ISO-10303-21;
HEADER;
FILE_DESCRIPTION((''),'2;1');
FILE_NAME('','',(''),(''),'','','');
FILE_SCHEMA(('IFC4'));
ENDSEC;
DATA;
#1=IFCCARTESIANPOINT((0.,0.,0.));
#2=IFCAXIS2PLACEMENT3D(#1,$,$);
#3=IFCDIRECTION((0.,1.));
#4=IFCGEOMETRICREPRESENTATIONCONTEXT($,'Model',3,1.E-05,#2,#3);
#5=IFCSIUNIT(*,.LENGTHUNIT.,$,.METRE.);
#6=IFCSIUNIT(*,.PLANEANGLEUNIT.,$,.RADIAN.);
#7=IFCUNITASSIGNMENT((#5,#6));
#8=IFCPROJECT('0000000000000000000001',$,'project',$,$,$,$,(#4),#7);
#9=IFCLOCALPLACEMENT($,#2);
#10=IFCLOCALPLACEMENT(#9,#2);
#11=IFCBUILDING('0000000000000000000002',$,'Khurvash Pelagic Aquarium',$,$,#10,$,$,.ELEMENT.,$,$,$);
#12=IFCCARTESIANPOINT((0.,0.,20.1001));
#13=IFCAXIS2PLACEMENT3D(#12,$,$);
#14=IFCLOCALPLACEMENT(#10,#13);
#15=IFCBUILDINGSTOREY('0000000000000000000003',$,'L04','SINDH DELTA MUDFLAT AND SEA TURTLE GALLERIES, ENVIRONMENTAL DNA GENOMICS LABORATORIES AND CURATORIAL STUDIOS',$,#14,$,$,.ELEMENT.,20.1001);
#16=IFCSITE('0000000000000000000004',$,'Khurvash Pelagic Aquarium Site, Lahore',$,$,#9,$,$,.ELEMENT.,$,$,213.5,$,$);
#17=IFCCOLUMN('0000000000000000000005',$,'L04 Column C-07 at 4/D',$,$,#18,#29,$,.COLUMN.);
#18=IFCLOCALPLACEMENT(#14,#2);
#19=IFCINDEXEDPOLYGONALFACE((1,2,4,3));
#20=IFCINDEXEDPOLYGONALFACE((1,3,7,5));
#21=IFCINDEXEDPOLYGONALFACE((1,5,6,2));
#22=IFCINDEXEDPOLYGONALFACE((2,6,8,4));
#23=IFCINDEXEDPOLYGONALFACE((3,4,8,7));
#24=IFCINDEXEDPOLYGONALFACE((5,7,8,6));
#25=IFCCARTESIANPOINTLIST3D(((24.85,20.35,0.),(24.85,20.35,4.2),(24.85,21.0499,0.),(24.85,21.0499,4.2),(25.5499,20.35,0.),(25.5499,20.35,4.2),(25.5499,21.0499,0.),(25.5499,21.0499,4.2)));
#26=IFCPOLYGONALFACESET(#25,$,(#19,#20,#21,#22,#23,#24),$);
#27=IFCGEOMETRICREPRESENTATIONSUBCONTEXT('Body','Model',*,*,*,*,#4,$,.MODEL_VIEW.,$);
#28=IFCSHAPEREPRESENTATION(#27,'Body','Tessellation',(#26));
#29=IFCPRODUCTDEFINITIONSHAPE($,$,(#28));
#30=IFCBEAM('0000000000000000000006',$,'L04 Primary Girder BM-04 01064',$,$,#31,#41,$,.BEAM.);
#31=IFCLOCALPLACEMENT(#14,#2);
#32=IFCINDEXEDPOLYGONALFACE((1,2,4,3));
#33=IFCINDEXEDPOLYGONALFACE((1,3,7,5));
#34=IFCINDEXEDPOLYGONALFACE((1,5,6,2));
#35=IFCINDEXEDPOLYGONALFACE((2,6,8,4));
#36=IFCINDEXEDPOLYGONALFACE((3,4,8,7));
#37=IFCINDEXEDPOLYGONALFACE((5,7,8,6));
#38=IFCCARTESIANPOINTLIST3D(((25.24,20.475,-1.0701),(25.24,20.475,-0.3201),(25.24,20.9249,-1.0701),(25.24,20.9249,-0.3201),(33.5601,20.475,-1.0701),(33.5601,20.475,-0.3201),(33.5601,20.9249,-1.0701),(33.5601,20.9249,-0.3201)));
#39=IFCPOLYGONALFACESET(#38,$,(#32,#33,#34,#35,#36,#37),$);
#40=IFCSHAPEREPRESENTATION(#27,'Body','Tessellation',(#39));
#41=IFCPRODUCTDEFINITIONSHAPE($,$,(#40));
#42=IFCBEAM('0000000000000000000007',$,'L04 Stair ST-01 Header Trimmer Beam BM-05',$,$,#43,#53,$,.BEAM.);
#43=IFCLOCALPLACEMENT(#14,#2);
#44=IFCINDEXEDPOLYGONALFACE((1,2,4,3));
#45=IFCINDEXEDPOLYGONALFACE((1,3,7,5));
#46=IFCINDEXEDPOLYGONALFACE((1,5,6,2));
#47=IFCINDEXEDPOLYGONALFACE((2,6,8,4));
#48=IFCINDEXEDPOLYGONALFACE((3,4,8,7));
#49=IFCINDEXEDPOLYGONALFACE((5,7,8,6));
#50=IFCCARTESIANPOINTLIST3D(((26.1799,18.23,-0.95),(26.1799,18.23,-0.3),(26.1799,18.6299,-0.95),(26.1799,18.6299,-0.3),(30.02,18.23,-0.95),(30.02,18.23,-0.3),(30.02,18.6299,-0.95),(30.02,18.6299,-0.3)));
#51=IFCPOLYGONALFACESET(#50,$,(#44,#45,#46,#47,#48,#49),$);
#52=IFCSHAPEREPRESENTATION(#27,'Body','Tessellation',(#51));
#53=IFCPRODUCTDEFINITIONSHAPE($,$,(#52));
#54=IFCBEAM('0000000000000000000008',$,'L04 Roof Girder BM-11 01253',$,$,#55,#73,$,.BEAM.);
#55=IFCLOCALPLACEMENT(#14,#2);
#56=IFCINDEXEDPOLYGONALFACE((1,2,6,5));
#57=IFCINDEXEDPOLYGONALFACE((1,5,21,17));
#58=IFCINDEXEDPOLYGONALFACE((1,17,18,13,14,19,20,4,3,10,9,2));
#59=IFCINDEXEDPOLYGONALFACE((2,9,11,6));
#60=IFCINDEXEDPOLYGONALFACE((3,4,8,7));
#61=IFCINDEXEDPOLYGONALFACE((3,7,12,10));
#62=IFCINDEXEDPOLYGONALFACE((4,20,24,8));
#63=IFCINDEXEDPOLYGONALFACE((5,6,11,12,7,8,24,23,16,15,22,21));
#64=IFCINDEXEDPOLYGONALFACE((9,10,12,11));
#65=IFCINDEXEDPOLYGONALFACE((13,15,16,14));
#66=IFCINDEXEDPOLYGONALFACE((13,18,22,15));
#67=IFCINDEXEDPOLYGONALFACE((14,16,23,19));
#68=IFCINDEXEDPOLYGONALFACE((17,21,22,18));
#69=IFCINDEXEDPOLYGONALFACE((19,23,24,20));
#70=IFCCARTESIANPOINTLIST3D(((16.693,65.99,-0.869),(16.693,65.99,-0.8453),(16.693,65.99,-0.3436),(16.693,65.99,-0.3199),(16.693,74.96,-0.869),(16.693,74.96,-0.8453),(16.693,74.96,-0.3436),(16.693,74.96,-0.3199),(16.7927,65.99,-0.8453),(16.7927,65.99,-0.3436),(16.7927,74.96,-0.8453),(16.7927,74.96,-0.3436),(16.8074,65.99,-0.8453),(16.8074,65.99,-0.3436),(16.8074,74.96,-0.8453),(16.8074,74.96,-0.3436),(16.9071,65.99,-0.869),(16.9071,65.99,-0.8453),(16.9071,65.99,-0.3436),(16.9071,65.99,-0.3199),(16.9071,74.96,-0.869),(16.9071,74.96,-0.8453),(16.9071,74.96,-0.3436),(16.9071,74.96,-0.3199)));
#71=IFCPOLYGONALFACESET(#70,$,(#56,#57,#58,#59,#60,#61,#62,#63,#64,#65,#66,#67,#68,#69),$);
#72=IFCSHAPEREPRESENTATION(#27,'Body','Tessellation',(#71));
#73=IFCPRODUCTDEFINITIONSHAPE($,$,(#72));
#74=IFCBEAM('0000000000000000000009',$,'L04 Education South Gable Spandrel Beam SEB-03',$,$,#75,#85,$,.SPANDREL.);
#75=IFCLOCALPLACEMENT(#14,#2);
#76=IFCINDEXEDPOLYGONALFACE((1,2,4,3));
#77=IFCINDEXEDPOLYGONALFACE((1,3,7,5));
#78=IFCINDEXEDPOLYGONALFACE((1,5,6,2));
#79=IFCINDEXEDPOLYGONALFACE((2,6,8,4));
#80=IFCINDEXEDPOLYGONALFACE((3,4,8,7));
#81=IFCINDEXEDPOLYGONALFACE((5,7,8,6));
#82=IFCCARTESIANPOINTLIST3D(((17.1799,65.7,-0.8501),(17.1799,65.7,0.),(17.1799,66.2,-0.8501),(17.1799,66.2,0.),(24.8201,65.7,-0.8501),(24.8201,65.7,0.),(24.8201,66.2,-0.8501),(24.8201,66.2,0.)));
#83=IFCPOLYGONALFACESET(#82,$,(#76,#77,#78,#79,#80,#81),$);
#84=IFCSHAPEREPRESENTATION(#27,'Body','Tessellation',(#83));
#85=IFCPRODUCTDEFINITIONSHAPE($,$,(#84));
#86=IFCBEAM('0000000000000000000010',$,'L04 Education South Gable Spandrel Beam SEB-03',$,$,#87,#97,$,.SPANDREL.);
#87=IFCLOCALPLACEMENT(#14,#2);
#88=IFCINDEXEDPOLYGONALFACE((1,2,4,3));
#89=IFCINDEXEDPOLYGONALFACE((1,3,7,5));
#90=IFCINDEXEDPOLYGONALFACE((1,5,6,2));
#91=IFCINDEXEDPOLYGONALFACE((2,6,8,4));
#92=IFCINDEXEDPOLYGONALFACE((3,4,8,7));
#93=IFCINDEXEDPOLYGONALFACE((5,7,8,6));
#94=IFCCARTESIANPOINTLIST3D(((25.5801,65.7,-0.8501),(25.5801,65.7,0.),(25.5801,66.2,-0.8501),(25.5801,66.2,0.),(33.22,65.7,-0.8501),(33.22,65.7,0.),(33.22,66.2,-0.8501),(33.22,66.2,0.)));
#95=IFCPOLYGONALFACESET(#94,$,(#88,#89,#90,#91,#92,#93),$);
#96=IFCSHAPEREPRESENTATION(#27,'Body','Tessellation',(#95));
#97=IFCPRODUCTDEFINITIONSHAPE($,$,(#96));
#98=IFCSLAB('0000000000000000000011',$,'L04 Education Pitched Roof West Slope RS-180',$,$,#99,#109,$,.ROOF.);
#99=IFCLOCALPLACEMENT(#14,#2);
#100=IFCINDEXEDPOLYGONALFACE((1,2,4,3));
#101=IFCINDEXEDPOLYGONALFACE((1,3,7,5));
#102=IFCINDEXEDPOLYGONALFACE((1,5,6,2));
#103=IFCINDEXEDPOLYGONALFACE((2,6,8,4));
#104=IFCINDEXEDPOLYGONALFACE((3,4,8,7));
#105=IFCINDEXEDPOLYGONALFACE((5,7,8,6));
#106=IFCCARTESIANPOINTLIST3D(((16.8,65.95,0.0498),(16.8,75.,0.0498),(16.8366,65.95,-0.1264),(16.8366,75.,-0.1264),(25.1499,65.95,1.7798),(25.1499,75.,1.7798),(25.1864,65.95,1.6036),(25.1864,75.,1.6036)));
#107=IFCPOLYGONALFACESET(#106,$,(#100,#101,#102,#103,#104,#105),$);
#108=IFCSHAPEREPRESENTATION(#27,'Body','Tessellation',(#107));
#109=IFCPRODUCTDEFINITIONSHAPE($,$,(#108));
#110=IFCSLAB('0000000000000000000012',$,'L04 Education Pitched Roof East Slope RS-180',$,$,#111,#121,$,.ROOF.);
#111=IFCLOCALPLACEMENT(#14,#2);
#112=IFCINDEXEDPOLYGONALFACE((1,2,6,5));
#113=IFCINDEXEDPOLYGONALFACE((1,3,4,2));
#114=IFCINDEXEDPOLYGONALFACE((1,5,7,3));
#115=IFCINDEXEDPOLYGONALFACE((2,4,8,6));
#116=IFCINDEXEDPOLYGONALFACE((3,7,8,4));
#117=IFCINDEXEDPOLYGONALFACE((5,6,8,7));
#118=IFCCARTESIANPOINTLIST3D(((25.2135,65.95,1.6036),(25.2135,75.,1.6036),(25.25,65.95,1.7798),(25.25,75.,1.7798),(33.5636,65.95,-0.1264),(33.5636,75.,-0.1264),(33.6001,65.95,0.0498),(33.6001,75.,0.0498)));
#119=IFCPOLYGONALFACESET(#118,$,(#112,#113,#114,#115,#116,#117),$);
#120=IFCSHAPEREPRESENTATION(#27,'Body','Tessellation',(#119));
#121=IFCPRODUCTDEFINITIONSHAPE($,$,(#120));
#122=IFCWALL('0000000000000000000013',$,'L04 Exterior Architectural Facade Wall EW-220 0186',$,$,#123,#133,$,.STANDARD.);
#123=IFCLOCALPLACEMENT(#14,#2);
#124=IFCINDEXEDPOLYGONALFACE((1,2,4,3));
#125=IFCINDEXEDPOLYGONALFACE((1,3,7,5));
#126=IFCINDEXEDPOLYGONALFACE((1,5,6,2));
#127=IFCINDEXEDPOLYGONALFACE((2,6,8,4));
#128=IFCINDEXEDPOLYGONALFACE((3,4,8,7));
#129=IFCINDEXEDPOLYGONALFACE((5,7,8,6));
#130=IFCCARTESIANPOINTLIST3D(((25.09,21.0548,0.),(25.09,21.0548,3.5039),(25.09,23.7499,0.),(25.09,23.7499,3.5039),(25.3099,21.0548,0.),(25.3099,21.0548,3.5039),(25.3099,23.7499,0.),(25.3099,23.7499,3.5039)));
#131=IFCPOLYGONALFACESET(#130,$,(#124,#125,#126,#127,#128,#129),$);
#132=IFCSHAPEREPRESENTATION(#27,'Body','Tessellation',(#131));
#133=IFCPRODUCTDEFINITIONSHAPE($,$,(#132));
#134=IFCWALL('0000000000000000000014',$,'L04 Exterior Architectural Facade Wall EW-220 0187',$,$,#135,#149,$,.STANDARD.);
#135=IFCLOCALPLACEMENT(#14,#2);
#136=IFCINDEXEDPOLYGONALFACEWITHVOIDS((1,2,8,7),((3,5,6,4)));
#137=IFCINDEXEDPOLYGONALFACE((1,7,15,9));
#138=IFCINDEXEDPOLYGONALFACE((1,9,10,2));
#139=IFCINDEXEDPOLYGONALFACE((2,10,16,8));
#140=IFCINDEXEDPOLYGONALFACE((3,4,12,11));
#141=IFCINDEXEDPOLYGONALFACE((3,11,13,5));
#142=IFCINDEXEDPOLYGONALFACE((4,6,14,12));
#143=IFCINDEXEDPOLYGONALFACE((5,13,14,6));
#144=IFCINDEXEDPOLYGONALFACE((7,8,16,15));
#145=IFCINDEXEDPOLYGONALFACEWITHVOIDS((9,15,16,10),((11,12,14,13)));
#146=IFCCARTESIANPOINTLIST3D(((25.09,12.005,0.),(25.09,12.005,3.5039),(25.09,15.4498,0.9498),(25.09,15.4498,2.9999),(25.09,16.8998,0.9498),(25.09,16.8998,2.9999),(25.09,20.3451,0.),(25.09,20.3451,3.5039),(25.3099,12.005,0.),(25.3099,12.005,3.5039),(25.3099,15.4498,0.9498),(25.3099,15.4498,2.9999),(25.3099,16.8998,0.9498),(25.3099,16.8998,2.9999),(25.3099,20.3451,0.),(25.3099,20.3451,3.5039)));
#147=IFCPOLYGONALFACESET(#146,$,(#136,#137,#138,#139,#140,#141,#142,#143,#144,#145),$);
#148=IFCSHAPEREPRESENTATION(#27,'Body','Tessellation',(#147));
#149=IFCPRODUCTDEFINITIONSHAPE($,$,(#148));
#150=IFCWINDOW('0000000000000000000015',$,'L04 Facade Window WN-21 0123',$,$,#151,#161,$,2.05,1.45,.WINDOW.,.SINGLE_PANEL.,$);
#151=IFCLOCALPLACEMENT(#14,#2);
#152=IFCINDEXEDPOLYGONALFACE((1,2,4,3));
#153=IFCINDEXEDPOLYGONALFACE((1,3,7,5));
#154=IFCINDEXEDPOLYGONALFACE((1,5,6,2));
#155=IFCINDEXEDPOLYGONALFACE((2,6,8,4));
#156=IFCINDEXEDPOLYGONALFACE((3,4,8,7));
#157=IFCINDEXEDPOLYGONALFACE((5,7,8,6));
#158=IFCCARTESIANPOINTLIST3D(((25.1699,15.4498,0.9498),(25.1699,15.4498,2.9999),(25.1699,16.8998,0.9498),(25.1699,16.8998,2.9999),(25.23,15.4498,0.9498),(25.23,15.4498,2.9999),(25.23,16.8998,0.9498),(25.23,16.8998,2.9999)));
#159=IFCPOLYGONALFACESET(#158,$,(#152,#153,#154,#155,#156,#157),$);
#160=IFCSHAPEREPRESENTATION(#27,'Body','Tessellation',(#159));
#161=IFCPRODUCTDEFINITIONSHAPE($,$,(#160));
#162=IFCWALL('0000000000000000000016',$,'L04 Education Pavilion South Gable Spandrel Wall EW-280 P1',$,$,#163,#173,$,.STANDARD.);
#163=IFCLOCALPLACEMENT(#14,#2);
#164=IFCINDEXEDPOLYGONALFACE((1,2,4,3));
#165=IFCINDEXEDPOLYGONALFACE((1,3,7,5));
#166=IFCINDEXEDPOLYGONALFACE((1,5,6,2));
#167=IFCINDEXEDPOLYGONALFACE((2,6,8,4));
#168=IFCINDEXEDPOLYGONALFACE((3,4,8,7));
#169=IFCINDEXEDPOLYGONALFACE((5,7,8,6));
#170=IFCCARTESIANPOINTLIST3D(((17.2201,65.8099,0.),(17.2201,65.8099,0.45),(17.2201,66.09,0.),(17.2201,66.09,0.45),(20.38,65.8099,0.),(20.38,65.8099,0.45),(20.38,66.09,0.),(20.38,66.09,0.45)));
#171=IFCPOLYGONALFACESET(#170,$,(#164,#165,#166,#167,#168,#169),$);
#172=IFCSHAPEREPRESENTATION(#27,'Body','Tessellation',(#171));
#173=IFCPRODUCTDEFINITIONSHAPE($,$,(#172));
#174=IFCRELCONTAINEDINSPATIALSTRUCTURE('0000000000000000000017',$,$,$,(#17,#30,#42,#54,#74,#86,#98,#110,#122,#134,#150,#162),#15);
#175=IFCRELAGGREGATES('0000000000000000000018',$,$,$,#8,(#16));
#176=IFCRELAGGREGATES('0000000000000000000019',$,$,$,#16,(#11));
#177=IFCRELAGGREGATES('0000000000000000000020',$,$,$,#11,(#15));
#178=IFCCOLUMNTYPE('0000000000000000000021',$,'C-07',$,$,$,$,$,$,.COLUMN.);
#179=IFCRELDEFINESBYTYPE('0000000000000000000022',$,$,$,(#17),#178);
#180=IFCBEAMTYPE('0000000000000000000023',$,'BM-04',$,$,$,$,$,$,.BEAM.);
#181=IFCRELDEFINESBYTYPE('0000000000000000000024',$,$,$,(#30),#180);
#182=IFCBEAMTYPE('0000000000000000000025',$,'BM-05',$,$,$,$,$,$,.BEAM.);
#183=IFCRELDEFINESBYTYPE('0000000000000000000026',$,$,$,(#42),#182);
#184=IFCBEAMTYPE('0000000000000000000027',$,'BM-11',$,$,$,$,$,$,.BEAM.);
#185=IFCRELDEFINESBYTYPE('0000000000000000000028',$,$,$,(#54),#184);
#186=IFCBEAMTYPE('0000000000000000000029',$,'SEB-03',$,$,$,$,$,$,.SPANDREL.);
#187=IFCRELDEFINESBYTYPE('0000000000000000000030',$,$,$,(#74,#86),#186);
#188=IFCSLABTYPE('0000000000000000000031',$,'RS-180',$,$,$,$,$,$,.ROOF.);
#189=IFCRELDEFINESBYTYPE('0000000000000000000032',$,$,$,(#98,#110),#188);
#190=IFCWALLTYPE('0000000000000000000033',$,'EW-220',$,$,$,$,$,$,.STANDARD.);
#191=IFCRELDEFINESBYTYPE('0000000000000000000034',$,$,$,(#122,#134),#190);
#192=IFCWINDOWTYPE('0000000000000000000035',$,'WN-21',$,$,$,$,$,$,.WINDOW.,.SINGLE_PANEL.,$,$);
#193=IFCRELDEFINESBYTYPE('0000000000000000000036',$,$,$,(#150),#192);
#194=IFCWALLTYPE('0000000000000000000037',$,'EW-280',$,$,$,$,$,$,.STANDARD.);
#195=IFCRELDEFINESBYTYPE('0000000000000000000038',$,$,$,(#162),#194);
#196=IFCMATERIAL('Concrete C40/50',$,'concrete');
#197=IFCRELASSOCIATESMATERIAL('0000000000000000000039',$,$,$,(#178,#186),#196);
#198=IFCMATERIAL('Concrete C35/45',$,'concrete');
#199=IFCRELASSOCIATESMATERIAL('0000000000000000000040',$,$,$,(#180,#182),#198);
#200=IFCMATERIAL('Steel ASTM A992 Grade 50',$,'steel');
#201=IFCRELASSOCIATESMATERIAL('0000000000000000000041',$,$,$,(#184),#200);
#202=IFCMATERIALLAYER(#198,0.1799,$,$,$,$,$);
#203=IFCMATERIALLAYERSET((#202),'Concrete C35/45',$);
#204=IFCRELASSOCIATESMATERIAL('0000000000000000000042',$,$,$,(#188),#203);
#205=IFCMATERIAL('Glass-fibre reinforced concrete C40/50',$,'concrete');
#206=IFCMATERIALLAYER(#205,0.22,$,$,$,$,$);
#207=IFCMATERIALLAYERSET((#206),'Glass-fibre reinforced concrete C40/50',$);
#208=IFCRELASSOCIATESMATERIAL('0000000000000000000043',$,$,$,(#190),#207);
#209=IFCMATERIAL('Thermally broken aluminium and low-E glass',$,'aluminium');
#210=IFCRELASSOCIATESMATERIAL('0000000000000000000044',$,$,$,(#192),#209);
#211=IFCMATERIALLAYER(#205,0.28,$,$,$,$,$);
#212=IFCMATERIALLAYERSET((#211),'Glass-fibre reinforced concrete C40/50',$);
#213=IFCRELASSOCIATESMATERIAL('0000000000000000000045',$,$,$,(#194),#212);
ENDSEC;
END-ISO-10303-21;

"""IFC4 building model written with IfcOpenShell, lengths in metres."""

from ifc_helpers import new_model, si_unit, direction, frame, frame_2d, origin, origin_2d, place, context, subcontext, project, spatial, polyline, rectangle, i_section, outline, extrude, material, layer, layer_set, material_profile, profile_set, type_object, element, fill, save


model = new_model("IFC4")

# Units and contexts
model_context = context("Model", 3, precision=1e-05, world=origin(), true_north=direction((0.0, 1.0)))
body_context = subcontext(model_context, "Body", "Model", "MODEL_VIEW")
ifc_project = project(units=[si_unit("LENGTHUNIT", "METRE"), si_unit("PLANEANGLEUNIT", "RADIAN")], contexts=[model_context])

# Site, building, storey
site_placement = place(None, origin())
site = spatial("IfcSite", under=ifc_project, at=site_placement, Name="Khurvash Pelagic Aquarium Site, Lahore", CompositionType="ELEMENT", RefElevation=213.5)
building_placement = place(site_placement, origin())
building = spatial("IfcBuilding", under=site, at=building_placement, Name="Khurvash Pelagic Aquarium", CompositionType="ELEMENT")
storey_placement = place(building_placement, frame((0.0, 0.0, 20.1001)))
storey = spatial("IfcBuildingStorey", under=building, at=storey_placement, Name="L04", Description="SINDH DELTA MUDFLAT AND SEA TURTLE GALLERIES, ENVIRONMENTAL DNA GENOMICS LABORATORIES AND CURATORIAL STUDIOS", CompositionType="ELEMENT", Elevation=20.1001)

# Column
ifc_material_1 = material(Name="Concrete C40/50", Category="concrete")
ifc_material_profile_1 = material_profile(ifc_material_1, rectangle(XDim=0.7, YDim=0.7, at=origin_2d()), Name="RC700X700")
ifc_profile_set_1 = profile_set([ifc_material_profile_1], Name="Concrete C40/50")
column_type = type_object("IfcColumnType", Name="C-07", PredefinedType="COLUMN", material=ifc_profile_set_1)
column_placement = place(storey_placement, frame((25.2, 20.7, 0.0), z_axis=(0.0, 0.0, 1.0), x_axis=(1.0, 0.0, 0.0)))
element("IfcColumn", 1, at=column_placement, inside=storey, type_object=column_type, Name="L04 Column C-07 at 4/D", PredefinedType="COLUMN", context=body_context, shape_type="SweptSolid", body=[
    extrude(rectangle(XDim=0.7, YDim=0.7, at=origin_2d()), origin(), (0.0, 0.0, 1.0), 4.2),
])

# Beams
ifc_material_2 = material(Name="Concrete C35/45", Category="concrete")
ifc_material_profile_2 = material_profile(ifc_material_2, rectangle(XDim=0.45, YDim=0.75, at=origin_2d()), Name="RC450X750")
ifc_profile_set_2 = profile_set([ifc_material_profile_2], Name="Concrete C35/45")
beam_type_1 = type_object("IfcBeamType", Name="BM-04", PredefinedType="BEAM", material=ifc_profile_set_2)
beam_1_placement = place(storey_placement, frame((25.24, 20.7, -0.6951), z_axis=(1.0, 0.0, 0.0), x_axis=(0.0, 1.0, 0.0)))
element("IfcBeam", 2, at=beam_1_placement, inside=storey, type_object=beam_type_1, Name="L04 Primary Girder BM-04 01064", PredefinedType="BEAM", context=body_context, shape_type="SweptSolid", body=[
    extrude(rectangle(XDim=0.45, YDim=0.75, at=origin_2d()), origin(), (0.0, 0.0, 1.0), 8.3201),
])
ifc_material_profile_3 = material_profile(ifc_material_2, rectangle(XDim=0.3999, YDim=0.6499, at=origin_2d()), Name="RC400X650")
ifc_profile_set_3 = profile_set([ifc_material_profile_3], Name="Concrete C35/45")
beam_type_2 = type_object("IfcBeamType", Name="BM-05", PredefinedType="BEAM", material=ifc_profile_set_3)
beam_2_placement = place(storey_placement, frame((26.1799, 18.4299, -0.625), z_axis=(1.0, 0.0, 0.0), x_axis=(0.0, 1.0, 0.0)))
element("IfcBeam", 3, at=beam_2_placement, inside=storey, type_object=beam_type_2, Name="L04 Stair ST-01 Header Trimmer Beam BM-05", PredefinedType="BEAM", context=body_context, shape_type="SweptSolid", body=[
    extrude(rectangle(XDim=0.3999, YDim=0.6499, at=origin_2d()), origin(), (0.0, 0.0, 1.0), 3.8401),
])
ifc_material_3 = material(Name="Steel ASTM A992 Grade 50", Category="steel")
ifc_material_profile_4 = material_profile(ifc_material_3, i_section(OverallWidth=0.2141, OverallDepth=0.5491, WebThickness=0.0146, FlangeThickness=0.0237, at=origin_2d()), Name="W21X93")
ifc_profile_set_4 = profile_set([ifc_material_profile_4], Name="Steel ASTM A992 Grade 50")
beam_type_3 = type_object("IfcBeamType", Name="BM-11", PredefinedType="BEAM", material=ifc_profile_set_4)
beam_3_placement = place(storey_placement, frame((16.8, 65.99, -0.5945), z_axis=(0.0, 1.0, 0.0), x_axis=(-1.0, 0.0, 0.0)))
element("IfcBeam", 4, at=beam_3_placement, inside=storey, type_object=beam_type_3, Name="L04 Roof Girder BM-11 01253", PredefinedType="BEAM", context=body_context, shape_type="SweptSolid", body=[
    extrude(i_section(OverallWidth=0.2141, OverallDepth=0.5491, WebThickness=0.0146, FlangeThickness=0.0237, at=origin_2d()), origin(), (0.0, 0.0, 1.0), 8.97),
])
ifc_material_profile_5 = material_profile(ifc_material_1, rectangle(XDim=0.5, YDim=0.8501, at=origin_2d()), Name="RC500X850")
ifc_profile_set_5 = profile_set([ifc_material_profile_5], Name="Concrete C40/50")
beam_type_4 = type_object("IfcBeamType", Name="SEB-03", PredefinedType="SPANDREL", material=ifc_profile_set_5)
beam_4_placement = place(storey_placement, frame((17.1799, 65.95, -0.425), z_axis=(1.0, 0.0, 0.0), x_axis=(0.0, 1.0, 0.0)))
element("IfcBeam", 5, at=beam_4_placement, inside=storey, type_object=beam_type_4, Name="L04 Education South Gable Spandrel Beam SEB-03", PredefinedType="SPANDREL", context=body_context, shape_type="SweptSolid", body=[
    extrude(rectangle(XDim=0.5, YDim=0.8501, at=origin_2d()), origin(), (0.0, 0.0, 1.0), 7.6401),
])
beam_5_placement = place(storey_placement, frame((25.5801, 65.95, -0.425), z_axis=(1.0, 0.0, 0.0), x_axis=(0.0, 1.0, 0.0)))
element("IfcBeam", 6, at=beam_5_placement, inside=storey, type_object=beam_type_4, Name="L04 Education South Gable Spandrel Beam SEB-03", PredefinedType="SPANDREL", context=body_context, shape_type="SweptSolid", body=[
    extrude(rectangle(XDim=0.5, YDim=0.8501, at=origin_2d()), origin(), (0.0, 0.0, 1.0), 7.6399),
])

# Slabs
ifc_layer_1 = layer(ifc_material_2, 0.1799)
ifc_layer_set_1 = layer_set([ifc_layer_1], Name="Concrete C35/45")
slab_type = type_object("IfcSlabType", Name="RS-180", PredefinedType="ROOF", material=ifc_layer_set_1)
slab_1_placement = place(storey_placement, frame((16.8, 65.95, 0.0498), z_axis=(-0.202878, 0.0, 0.979204), x_axis=(0.979204, 0.0, 0.202878)))
element("IfcSlab", 7, at=slab_1_placement, inside=storey, type_object=slab_type, Name="L04 Education Pitched Roof West Slope RS-180", PredefinedType="ROOF", context=body_context, shape_type="SweptSolid", body=[
    extrude(outline(polyline([(0.0, 0.0), (8.5272, 0.0), (8.5272, 9.05), (0.0, 9.05), (0.0, 0.0)])), origin(), (0.0, 0.0, -1.0), 0.1799),
])
slab_2_placement = place(storey_placement, frame((25.25, 65.95, 1.7798), z_axis=(0.202873, 0.0, 0.979205), x_axis=(0.979205, 0.0, -0.202873)))
element("IfcSlab", 8, at=slab_2_placement, inside=storey, type_object=slab_type, Name="L04 Education Pitched Roof East Slope RS-180", PredefinedType="ROOF", context=body_context, shape_type="SweptSolid", body=[
    extrude(outline(polyline([(0.0, 0.0), (8.5274, 0.0), (8.5274, 9.05), (0.0, 9.05), (0.0, 0.0)])), origin(), (0.0, 0.0, -1.0), 0.1799),
])

# Wall
ifc_material_4 = material(Name="Glass-fibre reinforced concrete C40/50", Category="concrete")
ifc_layer_2 = layer(ifc_material_4, 0.22)
ifc_layer_set_2 = layer_set([ifc_layer_2], Name="Glass-fibre reinforced concrete C40/50")
wall_type_1 = type_object("IfcWallType", Name="EW-220", PredefinedType="STANDARD", material=ifc_layer_set_2)
wall_1_placement = place(storey_placement, frame((25.2, 23.75, 0.0), z_axis=(0.0, 0.0, 1.0), x_axis=(0.0, -1.0, 0.0)))
element("IfcWall", 9, at=wall_1_placement, inside=storey, type_object=wall_type_1, Name="L04 Exterior Architectural Facade Wall EW-220 0186", PredefinedType="STANDARD", context=body_context, shape_type="SweptSolid", body=[
    extrude(rectangle(XDim=2.6951, YDim=0.22, at=frame_2d((1.3477, 0.0))), origin(), (0.0, 0.0, 1.0), 3.5039),
])

# Wall, opening, window
wall_2_placement = place(storey_placement, frame((25.2, 20.345, 0.0), z_axis=(0.0, 0.0, 1.0), x_axis=(0.0, -1.0, 0.0)))
wall_2 = element("IfcWall", 10, at=wall_2_placement, inside=storey, type_object=wall_type_1, Name="L04 Exterior Architectural Facade Wall EW-220 0187", PredefinedType="STANDARD", context=body_context, shape_type="SweptSolid", body=[
    extrude(rectangle(XDim=8.3401, YDim=0.22, at=frame_2d((4.1699, 0.0))), origin(), (0.0, 0.0, 1.0), 3.5039),
])
opening_1_placement = place(wall_2_placement, frame((3.4451, 0.0, 0.95)))
opening_1 = element("IfcOpeningElement", 11, at=opening_1_placement, cuts=wall_2, PredefinedType="OPENING", context=body_context, shape_type="SweptSolid", body=[
    extrude(rectangle(XDim=1.45, YDim=2.05, at=frame_2d((0.7251, 1.0249))), frame((0.0, 0.1201, 0.0), z_axis=(0.0, -1.0, 0.0), x_axis=(1.0, 0.0, 0.0)), (0.0, 0.0, 1.0), 0.24),
])
ifc_material_5 = material(Name="Thermally broken aluminium and low-E glass", Category="aluminium")
window_type = type_object("IfcWindowType", Name="WN-21", PartitioningType="SINGLE_PANEL", PredefinedType="WINDOW", material=ifc_material_5)
window_placement = place(opening_1_placement, origin())
window = element("IfcWindow", 12, at=window_placement, inside=storey, type_object=window_type, Name="L04 Facade Window WN-21 0123", OverallHeight=2.05, OverallWidth=1.45, PartitioningType="SINGLE_PANEL", PredefinedType="WINDOW", context=body_context, shape_type="SweptSolid", body=[
    extrude(rectangle(XDim=1.45, YDim=2.05, at=frame_2d((0.7251, 1.0249))), frame((0.0, 0.03, 0.0), z_axis=(0.0, -1.0, 0.0), x_axis=(1.0, 0.0, 0.0)), (0.0, 0.0, 1.0), 0.0601),
])
fill(opening_1, window)

# Wall
ifc_layer_3 = layer(ifc_material_4, 0.28)
ifc_layer_set_3 = layer_set([ifc_layer_3], Name="Glass-fibre reinforced concrete C40/50")
wall_type_2 = type_object("IfcWallType", Name="EW-280", PredefinedType="STANDARD", material=ifc_layer_set_3)
wall_3_placement = place(storey_placement, frame((17.22, 65.95, 0.0), z_axis=(0.0, 0.0, 1.0), x_axis=(1.0, 0.0, 0.0)))
element("IfcWall", 13, at=wall_3_placement, inside=storey, type_object=wall_type_2, Name="L04 Education Pavilion South Gable Spandrel Wall EW-280 P1", PredefinedType="STANDARD", context=body_context, shape_type="SweptSolid", body=[
    extrude(rectangle(XDim=3.1599, YDim=0.28, at=frame_2d((1.5801, 0.0))), origin(), (0.0, 0.0, 1.0), 0.45),
])

save(model, "model.ifc")
